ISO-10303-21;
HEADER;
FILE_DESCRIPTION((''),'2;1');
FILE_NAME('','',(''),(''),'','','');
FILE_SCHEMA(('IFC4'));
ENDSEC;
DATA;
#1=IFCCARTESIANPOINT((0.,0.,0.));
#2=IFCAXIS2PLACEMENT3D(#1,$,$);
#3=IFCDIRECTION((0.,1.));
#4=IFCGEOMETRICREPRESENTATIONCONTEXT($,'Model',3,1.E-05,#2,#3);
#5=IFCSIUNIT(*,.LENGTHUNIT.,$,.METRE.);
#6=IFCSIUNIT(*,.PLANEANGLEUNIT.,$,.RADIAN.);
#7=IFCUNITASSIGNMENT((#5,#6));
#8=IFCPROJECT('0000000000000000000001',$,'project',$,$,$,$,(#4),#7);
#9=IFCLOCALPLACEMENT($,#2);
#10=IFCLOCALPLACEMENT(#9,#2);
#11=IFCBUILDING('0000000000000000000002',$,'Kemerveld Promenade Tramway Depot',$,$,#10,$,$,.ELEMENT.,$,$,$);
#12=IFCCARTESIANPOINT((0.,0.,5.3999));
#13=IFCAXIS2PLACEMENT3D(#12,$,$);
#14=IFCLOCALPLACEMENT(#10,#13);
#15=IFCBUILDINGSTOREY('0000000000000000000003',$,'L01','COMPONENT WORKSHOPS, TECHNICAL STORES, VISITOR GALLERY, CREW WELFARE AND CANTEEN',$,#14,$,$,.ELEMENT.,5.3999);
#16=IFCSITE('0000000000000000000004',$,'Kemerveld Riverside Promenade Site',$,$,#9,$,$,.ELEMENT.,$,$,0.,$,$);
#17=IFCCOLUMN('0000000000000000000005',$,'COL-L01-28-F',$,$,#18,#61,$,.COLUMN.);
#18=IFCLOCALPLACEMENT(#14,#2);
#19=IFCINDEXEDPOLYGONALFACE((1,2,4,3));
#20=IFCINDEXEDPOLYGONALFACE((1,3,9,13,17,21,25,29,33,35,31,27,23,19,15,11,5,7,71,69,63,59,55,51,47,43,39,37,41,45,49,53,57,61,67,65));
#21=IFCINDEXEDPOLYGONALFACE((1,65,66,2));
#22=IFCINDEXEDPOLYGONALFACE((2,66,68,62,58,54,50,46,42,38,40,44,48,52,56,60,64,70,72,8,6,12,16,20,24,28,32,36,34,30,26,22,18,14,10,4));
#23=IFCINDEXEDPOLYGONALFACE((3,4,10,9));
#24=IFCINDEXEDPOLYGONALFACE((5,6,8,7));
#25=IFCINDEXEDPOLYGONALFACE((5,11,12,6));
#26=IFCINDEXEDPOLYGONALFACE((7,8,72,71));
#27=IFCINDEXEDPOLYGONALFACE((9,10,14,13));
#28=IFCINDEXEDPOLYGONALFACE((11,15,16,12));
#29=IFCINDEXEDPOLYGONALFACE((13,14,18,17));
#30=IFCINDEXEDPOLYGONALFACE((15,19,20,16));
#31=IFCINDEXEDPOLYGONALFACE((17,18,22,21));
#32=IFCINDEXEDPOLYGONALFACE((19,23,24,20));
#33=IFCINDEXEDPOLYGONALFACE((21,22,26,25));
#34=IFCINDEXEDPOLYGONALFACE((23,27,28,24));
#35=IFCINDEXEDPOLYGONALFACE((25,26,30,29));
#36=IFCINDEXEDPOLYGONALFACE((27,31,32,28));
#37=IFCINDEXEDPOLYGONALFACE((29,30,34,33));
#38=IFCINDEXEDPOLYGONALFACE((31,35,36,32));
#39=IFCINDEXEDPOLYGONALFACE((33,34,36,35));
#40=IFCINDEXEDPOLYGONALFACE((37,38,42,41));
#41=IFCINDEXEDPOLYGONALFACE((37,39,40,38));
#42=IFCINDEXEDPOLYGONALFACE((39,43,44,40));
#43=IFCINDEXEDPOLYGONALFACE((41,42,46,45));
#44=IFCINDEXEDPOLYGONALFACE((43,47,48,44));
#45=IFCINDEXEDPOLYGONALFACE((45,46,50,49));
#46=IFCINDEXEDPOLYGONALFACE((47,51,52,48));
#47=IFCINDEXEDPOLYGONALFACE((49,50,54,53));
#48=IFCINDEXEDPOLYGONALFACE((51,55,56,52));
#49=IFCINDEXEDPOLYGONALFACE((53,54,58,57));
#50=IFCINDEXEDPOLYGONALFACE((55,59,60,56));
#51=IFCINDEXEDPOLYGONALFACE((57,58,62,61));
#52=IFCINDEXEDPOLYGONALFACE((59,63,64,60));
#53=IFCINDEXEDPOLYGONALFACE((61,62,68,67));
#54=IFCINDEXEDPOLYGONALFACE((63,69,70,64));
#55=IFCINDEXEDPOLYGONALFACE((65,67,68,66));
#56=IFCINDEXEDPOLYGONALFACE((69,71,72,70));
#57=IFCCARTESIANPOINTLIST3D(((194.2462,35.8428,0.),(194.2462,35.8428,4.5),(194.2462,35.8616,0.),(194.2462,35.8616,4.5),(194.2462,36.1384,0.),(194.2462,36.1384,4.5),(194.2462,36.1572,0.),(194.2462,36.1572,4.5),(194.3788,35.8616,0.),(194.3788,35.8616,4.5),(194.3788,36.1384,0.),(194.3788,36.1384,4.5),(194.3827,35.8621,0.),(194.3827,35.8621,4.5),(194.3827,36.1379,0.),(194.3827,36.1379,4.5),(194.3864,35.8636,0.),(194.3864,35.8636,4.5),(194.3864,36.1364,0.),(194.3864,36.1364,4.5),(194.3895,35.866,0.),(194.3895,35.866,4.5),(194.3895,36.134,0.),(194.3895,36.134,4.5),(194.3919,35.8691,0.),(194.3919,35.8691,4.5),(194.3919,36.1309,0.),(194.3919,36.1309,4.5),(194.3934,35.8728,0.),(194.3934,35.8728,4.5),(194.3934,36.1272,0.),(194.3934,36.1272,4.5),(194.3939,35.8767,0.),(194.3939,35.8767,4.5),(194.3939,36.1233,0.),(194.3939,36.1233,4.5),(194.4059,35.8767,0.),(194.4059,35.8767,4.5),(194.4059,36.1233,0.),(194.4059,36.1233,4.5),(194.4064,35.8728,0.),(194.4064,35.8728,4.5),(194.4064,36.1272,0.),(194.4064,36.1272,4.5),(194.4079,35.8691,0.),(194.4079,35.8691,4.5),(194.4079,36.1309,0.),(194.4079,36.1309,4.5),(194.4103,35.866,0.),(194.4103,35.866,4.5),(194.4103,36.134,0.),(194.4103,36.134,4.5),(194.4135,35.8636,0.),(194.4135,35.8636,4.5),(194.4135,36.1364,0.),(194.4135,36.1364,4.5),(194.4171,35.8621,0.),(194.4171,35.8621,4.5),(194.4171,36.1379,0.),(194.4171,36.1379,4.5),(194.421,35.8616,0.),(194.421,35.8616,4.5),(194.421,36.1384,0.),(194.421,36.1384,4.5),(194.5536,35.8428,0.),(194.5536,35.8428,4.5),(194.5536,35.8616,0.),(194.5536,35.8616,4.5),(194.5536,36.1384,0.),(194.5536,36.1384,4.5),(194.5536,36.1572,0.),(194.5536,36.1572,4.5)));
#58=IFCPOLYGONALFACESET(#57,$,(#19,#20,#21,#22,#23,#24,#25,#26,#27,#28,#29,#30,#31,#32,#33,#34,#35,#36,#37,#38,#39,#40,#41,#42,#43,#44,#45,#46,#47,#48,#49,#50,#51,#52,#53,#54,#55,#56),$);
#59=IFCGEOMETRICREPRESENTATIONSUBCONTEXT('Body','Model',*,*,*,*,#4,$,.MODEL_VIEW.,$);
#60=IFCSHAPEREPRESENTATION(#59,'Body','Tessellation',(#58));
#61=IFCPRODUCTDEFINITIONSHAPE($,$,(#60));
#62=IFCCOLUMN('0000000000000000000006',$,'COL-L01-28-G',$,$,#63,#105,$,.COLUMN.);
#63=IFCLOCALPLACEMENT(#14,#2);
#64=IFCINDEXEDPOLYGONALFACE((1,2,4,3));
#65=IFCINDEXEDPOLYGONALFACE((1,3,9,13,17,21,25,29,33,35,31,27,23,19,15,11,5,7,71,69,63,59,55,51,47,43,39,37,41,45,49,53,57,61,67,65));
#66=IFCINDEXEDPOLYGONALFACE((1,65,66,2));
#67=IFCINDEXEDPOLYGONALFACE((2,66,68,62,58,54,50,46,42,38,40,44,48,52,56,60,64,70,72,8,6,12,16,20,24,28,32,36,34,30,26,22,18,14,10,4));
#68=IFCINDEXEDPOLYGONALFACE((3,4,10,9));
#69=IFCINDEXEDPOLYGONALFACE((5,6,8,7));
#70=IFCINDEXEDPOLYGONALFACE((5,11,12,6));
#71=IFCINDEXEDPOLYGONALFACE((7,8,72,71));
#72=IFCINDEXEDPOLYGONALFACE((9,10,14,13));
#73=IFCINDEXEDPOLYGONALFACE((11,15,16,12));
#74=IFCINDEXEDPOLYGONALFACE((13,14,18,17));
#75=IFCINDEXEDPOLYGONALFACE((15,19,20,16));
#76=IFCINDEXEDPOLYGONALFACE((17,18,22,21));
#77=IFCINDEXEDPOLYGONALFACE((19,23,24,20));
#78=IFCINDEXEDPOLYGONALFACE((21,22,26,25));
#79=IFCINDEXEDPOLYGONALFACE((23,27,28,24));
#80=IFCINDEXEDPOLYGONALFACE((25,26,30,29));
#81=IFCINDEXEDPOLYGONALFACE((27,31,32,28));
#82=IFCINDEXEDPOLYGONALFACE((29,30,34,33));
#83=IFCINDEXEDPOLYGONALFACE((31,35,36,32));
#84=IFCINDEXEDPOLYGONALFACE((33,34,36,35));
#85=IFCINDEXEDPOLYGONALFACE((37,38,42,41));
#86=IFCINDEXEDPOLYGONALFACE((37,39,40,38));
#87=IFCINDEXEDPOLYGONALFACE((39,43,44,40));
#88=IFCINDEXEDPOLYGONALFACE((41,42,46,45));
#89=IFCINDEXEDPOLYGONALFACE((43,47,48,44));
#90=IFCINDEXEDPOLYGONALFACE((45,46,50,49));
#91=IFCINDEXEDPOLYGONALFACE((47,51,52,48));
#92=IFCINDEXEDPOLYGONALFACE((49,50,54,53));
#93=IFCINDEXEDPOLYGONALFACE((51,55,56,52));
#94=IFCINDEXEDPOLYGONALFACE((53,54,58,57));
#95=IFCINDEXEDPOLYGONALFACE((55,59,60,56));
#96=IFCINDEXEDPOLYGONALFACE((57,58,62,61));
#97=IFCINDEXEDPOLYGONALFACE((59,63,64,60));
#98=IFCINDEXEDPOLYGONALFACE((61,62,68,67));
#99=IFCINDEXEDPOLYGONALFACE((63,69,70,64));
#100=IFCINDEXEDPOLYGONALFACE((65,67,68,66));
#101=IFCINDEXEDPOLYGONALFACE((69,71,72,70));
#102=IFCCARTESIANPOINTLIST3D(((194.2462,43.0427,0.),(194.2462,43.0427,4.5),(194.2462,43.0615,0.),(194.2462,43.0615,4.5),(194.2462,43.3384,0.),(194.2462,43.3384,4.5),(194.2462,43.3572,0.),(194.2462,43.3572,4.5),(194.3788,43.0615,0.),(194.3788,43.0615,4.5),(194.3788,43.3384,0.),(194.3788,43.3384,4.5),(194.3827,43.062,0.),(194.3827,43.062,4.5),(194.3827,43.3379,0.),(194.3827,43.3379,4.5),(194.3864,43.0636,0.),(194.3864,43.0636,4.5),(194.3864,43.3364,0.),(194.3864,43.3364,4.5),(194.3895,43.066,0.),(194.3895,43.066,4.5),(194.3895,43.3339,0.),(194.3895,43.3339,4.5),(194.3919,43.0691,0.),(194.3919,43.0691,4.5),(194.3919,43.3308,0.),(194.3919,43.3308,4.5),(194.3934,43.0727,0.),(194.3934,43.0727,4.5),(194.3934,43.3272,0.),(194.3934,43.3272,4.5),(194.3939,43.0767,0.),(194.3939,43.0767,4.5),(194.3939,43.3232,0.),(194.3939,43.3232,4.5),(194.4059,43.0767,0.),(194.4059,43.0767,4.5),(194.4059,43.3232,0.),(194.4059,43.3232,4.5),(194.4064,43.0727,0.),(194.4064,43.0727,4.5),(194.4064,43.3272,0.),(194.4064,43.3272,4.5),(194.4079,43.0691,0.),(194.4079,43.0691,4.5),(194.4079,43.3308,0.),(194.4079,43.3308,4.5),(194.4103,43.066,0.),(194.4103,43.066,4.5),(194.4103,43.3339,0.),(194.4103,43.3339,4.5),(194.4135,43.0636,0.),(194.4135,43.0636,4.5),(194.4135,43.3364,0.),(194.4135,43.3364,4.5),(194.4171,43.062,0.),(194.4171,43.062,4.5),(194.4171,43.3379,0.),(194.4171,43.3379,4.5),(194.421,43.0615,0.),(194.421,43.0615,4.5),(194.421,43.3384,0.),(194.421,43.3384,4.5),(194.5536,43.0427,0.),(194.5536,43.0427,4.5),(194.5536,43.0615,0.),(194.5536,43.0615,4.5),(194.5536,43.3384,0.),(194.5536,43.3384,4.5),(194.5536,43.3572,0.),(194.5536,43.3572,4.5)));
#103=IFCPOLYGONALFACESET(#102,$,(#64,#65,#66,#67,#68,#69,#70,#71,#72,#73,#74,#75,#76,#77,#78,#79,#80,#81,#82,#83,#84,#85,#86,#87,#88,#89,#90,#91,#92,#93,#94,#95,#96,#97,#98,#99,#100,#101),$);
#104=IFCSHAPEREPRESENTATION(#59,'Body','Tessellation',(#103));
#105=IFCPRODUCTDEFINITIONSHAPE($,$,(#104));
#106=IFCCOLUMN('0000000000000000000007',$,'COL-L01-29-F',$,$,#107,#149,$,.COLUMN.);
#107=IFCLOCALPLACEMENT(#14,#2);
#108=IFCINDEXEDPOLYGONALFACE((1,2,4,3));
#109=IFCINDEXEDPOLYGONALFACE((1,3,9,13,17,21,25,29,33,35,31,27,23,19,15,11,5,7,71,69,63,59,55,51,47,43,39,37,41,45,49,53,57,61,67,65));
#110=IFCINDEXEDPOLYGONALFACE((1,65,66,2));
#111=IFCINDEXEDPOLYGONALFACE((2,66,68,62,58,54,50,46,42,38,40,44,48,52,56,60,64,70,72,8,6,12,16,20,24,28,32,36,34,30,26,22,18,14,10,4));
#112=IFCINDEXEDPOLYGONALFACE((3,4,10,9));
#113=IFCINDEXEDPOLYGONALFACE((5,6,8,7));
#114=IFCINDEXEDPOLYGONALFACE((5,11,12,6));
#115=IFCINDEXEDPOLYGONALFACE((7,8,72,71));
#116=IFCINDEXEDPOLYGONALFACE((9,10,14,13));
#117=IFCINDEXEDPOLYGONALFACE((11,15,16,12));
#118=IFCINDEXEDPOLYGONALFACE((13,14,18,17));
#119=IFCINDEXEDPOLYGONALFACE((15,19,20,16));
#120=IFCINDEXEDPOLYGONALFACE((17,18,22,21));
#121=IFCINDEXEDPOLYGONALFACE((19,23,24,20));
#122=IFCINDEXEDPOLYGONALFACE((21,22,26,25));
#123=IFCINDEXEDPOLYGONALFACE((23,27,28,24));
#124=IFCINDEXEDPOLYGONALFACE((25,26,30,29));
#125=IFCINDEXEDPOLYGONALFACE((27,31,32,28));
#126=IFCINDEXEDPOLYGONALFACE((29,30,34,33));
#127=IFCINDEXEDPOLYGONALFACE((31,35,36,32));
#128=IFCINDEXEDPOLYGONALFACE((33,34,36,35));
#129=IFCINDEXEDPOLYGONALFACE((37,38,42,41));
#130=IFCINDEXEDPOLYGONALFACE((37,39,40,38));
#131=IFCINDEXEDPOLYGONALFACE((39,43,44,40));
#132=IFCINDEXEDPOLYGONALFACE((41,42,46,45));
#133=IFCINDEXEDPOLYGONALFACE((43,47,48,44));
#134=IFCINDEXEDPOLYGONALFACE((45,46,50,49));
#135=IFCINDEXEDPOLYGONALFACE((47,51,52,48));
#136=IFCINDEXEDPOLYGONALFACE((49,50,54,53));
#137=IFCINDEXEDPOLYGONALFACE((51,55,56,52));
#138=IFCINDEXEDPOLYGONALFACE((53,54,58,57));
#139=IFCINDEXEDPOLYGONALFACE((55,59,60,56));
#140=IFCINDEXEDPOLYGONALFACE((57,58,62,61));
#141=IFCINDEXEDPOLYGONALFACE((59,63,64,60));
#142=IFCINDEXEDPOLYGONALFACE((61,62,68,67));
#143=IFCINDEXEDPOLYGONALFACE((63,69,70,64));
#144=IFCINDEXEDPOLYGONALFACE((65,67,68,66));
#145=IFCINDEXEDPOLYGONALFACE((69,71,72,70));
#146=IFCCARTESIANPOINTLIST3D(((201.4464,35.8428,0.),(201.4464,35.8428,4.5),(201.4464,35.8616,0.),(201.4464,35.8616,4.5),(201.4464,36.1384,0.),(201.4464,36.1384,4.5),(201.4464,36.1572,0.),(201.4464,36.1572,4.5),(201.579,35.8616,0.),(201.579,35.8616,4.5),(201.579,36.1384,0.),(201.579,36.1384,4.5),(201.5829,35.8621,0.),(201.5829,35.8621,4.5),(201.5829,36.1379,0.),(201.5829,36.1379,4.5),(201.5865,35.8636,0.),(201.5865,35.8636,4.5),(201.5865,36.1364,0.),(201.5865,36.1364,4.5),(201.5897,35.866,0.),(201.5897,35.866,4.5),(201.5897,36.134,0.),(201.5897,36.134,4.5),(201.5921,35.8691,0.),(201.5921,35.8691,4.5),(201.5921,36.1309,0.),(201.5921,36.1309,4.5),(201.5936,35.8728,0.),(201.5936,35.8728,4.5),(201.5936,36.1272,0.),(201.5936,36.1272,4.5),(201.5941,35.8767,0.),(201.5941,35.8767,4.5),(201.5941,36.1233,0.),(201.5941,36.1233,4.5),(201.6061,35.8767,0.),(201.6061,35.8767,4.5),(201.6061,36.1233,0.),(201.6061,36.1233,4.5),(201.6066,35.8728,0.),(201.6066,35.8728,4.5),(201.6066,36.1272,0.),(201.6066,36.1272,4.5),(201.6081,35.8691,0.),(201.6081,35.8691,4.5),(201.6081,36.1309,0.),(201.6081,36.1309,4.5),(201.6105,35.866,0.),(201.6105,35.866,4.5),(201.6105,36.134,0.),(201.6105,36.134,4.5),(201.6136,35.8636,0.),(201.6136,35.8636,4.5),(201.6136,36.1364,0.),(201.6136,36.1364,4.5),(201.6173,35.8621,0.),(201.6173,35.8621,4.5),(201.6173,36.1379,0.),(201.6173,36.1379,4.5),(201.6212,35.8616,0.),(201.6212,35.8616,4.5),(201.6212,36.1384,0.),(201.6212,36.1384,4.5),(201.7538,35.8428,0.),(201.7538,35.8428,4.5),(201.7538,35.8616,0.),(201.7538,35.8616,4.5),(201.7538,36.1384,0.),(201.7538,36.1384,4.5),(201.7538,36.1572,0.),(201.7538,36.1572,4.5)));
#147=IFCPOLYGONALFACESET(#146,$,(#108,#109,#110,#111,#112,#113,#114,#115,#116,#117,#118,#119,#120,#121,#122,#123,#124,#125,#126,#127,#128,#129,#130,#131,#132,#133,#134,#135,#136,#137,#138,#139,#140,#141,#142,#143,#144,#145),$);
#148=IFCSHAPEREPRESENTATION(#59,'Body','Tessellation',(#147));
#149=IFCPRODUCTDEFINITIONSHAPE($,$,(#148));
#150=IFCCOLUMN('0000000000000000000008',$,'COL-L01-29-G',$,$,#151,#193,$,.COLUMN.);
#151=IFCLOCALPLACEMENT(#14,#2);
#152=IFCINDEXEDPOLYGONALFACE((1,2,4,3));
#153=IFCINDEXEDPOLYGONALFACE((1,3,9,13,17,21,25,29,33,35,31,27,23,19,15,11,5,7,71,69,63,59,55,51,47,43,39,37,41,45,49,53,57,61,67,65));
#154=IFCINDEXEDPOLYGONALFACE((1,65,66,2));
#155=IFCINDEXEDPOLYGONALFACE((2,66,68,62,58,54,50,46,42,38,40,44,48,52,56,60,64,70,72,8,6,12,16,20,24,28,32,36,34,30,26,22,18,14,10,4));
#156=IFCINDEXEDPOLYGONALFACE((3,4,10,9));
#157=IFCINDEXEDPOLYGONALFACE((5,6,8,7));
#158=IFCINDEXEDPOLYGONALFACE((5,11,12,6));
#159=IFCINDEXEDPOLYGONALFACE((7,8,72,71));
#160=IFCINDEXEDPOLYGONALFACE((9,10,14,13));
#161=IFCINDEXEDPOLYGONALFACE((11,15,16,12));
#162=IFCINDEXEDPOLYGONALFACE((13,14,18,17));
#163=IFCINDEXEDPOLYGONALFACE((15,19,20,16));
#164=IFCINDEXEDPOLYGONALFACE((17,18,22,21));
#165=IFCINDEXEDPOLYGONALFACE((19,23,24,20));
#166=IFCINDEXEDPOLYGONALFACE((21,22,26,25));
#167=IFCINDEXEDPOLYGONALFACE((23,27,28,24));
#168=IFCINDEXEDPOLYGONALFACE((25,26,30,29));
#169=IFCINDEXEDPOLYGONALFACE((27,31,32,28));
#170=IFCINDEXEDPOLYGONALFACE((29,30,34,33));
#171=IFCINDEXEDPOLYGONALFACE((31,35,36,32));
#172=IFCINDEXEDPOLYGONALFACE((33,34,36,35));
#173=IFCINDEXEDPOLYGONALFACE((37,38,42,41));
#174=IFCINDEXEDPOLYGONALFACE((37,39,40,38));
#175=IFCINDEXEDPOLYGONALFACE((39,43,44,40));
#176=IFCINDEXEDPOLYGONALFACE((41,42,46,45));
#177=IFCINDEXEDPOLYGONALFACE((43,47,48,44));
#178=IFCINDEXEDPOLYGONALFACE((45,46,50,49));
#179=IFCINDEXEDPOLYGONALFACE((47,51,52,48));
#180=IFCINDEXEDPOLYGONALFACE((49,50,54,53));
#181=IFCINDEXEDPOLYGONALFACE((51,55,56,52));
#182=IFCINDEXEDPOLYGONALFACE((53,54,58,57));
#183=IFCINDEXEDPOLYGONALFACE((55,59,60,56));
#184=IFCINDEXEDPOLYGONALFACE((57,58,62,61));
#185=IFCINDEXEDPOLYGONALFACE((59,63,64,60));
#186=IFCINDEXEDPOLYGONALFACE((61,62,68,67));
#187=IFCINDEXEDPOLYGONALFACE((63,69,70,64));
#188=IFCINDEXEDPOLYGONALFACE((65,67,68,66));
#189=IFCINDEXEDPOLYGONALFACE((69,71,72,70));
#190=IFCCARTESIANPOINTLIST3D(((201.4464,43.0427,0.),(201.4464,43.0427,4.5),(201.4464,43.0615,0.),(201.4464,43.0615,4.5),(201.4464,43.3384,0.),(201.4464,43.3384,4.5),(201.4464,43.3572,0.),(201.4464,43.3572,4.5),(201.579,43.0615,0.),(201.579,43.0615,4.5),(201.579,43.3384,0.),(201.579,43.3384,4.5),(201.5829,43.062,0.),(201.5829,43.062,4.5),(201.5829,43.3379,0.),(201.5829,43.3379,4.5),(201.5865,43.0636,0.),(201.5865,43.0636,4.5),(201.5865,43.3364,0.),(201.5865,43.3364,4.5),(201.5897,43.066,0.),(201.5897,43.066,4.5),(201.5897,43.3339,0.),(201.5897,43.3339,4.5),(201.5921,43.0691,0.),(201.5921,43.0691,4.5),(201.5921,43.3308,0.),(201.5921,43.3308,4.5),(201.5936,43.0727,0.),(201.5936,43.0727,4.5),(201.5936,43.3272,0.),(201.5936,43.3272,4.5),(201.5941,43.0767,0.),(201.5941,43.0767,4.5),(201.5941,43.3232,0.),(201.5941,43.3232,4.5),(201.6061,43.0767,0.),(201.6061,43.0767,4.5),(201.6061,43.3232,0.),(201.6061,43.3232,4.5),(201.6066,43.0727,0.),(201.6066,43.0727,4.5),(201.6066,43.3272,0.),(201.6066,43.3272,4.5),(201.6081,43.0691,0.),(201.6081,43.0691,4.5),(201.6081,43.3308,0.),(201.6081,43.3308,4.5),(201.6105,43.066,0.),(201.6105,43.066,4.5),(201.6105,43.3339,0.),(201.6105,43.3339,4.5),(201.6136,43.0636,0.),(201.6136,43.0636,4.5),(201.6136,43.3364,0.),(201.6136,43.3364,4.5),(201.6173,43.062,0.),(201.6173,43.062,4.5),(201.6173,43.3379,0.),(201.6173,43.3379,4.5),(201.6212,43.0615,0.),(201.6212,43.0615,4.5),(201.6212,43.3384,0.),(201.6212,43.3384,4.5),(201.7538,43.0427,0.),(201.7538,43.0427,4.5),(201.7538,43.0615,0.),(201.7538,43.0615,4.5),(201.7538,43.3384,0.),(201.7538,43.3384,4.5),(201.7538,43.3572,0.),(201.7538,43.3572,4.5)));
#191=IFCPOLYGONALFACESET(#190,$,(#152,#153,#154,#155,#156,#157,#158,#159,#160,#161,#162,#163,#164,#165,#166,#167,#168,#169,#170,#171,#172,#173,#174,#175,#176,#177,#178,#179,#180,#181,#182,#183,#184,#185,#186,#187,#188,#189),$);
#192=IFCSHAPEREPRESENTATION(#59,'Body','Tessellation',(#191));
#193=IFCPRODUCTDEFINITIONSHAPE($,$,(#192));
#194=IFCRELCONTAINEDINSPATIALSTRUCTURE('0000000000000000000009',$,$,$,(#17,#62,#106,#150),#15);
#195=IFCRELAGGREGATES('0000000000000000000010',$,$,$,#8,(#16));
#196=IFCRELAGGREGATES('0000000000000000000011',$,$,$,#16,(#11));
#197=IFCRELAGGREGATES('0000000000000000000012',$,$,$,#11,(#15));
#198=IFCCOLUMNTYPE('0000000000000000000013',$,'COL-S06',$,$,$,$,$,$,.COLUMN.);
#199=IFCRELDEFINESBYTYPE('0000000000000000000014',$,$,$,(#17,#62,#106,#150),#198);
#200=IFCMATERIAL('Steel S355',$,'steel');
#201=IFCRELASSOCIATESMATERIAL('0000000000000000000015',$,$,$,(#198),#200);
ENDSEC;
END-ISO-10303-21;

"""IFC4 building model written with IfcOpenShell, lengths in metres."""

from ifc_helpers import new_model, si_unit, direction, frame, origin, origin_2d, place, context, subcontext, project, spatial, i_section, extrude, material, material_profile, profile_set, type_object, element, save


model = new_model("IFC4")

# Units and contexts
model_context = context("Model", 3, precision=1e-05, world=origin(), true_north=direction((0.0, 1.0)))
body_context = subcontext(model_context, "Body", "Model", "MODEL_VIEW")
ifc_project = project(units=[si_unit("LENGTHUNIT", "METRE"), si_unit("PLANEANGLEUNIT", "RADIAN")], contexts=[model_context])

# Site, building, storey
site_placement = place(None, origin())
site = spatial("IfcSite", under=ifc_project, at=site_placement, Name="Kemerveld Riverside Promenade Site", CompositionType="ELEMENT", RefElevation=0.0)
building_placement = place(site_placement, origin())
building = spatial("IfcBuilding", under=site, at=building_placement, Name="Kemerveld Promenade Tramway Depot", CompositionType="ELEMENT")
storey_placement = place(building_placement, frame((0.0, 0.0, 5.3999)))
storey = spatial("IfcBuildingStorey", under=building, at=storey_placement, Name="L01", Description="COMPONENT WORKSHOPS, TECHNICAL STORES, VISITOR GALLERY, CREW WELFARE AND CANTEEN", CompositionType="ELEMENT", Elevation=5.3999)

# Columns
ifc_material_1 = material(Name="Steel S355", Category="steel")
ifc_material_profile_1 = material_profile(ifc_material_1, i_section(OverallWidth=0.3074, OverallDepth=0.3145, WebThickness=0.012, FlangeThickness=0.0188, FilletRadius=0.0151, at=origin_2d()), Name="305x305x118 UC")
ifc_profile_set_1 = profile_set([ifc_material_profile_1], Name="Steel S355")
column_type = type_object("IfcColumnType", Name="COL-S06", PredefinedType="COLUMN", material=ifc_profile_set_1)
for number, where, z_axis, x_axis, name in (
    (1, (194.3999, 36.0, 0.0), (0.0, 0.0, 1.0), (1.0, 0.0, 0.0), "COL-L01-28-F"),
    (2, (194.3999, 43.2, 0.0), (0.0, 0.0, 1.0), (1.0, 0.0, 0.0), "COL-L01-28-G"),
    (3, (201.6001, 36.0, 0.0), (0.0, 0.0, 1.0), (1.0, 0.0, 0.0), "COL-L01-29-F"),
    (4, (201.6001, 43.2, 0.0), (0.0, 0.0, 1.0), (1.0, 0.0, 0.0), "COL-L01-29-G"),
):
    element("IfcColumn", number, at=place(storey_placement, frame(where, z_axis=z_axis, x_axis=x_axis)), inside=storey, type_object=column_type, Name=name, PredefinedType="COLUMN", context=body_context, shape_type="SweptSolid", body=[
        extrude(i_section(OverallWidth=0.3074, OverallDepth=0.3145, WebThickness=0.012, FlangeThickness=0.0188, FilletRadius=0.0151, at=origin_2d()), origin(), (0.0, 0.0, 1.0), 4.5),
    ])

save(model, "model.ifc")
